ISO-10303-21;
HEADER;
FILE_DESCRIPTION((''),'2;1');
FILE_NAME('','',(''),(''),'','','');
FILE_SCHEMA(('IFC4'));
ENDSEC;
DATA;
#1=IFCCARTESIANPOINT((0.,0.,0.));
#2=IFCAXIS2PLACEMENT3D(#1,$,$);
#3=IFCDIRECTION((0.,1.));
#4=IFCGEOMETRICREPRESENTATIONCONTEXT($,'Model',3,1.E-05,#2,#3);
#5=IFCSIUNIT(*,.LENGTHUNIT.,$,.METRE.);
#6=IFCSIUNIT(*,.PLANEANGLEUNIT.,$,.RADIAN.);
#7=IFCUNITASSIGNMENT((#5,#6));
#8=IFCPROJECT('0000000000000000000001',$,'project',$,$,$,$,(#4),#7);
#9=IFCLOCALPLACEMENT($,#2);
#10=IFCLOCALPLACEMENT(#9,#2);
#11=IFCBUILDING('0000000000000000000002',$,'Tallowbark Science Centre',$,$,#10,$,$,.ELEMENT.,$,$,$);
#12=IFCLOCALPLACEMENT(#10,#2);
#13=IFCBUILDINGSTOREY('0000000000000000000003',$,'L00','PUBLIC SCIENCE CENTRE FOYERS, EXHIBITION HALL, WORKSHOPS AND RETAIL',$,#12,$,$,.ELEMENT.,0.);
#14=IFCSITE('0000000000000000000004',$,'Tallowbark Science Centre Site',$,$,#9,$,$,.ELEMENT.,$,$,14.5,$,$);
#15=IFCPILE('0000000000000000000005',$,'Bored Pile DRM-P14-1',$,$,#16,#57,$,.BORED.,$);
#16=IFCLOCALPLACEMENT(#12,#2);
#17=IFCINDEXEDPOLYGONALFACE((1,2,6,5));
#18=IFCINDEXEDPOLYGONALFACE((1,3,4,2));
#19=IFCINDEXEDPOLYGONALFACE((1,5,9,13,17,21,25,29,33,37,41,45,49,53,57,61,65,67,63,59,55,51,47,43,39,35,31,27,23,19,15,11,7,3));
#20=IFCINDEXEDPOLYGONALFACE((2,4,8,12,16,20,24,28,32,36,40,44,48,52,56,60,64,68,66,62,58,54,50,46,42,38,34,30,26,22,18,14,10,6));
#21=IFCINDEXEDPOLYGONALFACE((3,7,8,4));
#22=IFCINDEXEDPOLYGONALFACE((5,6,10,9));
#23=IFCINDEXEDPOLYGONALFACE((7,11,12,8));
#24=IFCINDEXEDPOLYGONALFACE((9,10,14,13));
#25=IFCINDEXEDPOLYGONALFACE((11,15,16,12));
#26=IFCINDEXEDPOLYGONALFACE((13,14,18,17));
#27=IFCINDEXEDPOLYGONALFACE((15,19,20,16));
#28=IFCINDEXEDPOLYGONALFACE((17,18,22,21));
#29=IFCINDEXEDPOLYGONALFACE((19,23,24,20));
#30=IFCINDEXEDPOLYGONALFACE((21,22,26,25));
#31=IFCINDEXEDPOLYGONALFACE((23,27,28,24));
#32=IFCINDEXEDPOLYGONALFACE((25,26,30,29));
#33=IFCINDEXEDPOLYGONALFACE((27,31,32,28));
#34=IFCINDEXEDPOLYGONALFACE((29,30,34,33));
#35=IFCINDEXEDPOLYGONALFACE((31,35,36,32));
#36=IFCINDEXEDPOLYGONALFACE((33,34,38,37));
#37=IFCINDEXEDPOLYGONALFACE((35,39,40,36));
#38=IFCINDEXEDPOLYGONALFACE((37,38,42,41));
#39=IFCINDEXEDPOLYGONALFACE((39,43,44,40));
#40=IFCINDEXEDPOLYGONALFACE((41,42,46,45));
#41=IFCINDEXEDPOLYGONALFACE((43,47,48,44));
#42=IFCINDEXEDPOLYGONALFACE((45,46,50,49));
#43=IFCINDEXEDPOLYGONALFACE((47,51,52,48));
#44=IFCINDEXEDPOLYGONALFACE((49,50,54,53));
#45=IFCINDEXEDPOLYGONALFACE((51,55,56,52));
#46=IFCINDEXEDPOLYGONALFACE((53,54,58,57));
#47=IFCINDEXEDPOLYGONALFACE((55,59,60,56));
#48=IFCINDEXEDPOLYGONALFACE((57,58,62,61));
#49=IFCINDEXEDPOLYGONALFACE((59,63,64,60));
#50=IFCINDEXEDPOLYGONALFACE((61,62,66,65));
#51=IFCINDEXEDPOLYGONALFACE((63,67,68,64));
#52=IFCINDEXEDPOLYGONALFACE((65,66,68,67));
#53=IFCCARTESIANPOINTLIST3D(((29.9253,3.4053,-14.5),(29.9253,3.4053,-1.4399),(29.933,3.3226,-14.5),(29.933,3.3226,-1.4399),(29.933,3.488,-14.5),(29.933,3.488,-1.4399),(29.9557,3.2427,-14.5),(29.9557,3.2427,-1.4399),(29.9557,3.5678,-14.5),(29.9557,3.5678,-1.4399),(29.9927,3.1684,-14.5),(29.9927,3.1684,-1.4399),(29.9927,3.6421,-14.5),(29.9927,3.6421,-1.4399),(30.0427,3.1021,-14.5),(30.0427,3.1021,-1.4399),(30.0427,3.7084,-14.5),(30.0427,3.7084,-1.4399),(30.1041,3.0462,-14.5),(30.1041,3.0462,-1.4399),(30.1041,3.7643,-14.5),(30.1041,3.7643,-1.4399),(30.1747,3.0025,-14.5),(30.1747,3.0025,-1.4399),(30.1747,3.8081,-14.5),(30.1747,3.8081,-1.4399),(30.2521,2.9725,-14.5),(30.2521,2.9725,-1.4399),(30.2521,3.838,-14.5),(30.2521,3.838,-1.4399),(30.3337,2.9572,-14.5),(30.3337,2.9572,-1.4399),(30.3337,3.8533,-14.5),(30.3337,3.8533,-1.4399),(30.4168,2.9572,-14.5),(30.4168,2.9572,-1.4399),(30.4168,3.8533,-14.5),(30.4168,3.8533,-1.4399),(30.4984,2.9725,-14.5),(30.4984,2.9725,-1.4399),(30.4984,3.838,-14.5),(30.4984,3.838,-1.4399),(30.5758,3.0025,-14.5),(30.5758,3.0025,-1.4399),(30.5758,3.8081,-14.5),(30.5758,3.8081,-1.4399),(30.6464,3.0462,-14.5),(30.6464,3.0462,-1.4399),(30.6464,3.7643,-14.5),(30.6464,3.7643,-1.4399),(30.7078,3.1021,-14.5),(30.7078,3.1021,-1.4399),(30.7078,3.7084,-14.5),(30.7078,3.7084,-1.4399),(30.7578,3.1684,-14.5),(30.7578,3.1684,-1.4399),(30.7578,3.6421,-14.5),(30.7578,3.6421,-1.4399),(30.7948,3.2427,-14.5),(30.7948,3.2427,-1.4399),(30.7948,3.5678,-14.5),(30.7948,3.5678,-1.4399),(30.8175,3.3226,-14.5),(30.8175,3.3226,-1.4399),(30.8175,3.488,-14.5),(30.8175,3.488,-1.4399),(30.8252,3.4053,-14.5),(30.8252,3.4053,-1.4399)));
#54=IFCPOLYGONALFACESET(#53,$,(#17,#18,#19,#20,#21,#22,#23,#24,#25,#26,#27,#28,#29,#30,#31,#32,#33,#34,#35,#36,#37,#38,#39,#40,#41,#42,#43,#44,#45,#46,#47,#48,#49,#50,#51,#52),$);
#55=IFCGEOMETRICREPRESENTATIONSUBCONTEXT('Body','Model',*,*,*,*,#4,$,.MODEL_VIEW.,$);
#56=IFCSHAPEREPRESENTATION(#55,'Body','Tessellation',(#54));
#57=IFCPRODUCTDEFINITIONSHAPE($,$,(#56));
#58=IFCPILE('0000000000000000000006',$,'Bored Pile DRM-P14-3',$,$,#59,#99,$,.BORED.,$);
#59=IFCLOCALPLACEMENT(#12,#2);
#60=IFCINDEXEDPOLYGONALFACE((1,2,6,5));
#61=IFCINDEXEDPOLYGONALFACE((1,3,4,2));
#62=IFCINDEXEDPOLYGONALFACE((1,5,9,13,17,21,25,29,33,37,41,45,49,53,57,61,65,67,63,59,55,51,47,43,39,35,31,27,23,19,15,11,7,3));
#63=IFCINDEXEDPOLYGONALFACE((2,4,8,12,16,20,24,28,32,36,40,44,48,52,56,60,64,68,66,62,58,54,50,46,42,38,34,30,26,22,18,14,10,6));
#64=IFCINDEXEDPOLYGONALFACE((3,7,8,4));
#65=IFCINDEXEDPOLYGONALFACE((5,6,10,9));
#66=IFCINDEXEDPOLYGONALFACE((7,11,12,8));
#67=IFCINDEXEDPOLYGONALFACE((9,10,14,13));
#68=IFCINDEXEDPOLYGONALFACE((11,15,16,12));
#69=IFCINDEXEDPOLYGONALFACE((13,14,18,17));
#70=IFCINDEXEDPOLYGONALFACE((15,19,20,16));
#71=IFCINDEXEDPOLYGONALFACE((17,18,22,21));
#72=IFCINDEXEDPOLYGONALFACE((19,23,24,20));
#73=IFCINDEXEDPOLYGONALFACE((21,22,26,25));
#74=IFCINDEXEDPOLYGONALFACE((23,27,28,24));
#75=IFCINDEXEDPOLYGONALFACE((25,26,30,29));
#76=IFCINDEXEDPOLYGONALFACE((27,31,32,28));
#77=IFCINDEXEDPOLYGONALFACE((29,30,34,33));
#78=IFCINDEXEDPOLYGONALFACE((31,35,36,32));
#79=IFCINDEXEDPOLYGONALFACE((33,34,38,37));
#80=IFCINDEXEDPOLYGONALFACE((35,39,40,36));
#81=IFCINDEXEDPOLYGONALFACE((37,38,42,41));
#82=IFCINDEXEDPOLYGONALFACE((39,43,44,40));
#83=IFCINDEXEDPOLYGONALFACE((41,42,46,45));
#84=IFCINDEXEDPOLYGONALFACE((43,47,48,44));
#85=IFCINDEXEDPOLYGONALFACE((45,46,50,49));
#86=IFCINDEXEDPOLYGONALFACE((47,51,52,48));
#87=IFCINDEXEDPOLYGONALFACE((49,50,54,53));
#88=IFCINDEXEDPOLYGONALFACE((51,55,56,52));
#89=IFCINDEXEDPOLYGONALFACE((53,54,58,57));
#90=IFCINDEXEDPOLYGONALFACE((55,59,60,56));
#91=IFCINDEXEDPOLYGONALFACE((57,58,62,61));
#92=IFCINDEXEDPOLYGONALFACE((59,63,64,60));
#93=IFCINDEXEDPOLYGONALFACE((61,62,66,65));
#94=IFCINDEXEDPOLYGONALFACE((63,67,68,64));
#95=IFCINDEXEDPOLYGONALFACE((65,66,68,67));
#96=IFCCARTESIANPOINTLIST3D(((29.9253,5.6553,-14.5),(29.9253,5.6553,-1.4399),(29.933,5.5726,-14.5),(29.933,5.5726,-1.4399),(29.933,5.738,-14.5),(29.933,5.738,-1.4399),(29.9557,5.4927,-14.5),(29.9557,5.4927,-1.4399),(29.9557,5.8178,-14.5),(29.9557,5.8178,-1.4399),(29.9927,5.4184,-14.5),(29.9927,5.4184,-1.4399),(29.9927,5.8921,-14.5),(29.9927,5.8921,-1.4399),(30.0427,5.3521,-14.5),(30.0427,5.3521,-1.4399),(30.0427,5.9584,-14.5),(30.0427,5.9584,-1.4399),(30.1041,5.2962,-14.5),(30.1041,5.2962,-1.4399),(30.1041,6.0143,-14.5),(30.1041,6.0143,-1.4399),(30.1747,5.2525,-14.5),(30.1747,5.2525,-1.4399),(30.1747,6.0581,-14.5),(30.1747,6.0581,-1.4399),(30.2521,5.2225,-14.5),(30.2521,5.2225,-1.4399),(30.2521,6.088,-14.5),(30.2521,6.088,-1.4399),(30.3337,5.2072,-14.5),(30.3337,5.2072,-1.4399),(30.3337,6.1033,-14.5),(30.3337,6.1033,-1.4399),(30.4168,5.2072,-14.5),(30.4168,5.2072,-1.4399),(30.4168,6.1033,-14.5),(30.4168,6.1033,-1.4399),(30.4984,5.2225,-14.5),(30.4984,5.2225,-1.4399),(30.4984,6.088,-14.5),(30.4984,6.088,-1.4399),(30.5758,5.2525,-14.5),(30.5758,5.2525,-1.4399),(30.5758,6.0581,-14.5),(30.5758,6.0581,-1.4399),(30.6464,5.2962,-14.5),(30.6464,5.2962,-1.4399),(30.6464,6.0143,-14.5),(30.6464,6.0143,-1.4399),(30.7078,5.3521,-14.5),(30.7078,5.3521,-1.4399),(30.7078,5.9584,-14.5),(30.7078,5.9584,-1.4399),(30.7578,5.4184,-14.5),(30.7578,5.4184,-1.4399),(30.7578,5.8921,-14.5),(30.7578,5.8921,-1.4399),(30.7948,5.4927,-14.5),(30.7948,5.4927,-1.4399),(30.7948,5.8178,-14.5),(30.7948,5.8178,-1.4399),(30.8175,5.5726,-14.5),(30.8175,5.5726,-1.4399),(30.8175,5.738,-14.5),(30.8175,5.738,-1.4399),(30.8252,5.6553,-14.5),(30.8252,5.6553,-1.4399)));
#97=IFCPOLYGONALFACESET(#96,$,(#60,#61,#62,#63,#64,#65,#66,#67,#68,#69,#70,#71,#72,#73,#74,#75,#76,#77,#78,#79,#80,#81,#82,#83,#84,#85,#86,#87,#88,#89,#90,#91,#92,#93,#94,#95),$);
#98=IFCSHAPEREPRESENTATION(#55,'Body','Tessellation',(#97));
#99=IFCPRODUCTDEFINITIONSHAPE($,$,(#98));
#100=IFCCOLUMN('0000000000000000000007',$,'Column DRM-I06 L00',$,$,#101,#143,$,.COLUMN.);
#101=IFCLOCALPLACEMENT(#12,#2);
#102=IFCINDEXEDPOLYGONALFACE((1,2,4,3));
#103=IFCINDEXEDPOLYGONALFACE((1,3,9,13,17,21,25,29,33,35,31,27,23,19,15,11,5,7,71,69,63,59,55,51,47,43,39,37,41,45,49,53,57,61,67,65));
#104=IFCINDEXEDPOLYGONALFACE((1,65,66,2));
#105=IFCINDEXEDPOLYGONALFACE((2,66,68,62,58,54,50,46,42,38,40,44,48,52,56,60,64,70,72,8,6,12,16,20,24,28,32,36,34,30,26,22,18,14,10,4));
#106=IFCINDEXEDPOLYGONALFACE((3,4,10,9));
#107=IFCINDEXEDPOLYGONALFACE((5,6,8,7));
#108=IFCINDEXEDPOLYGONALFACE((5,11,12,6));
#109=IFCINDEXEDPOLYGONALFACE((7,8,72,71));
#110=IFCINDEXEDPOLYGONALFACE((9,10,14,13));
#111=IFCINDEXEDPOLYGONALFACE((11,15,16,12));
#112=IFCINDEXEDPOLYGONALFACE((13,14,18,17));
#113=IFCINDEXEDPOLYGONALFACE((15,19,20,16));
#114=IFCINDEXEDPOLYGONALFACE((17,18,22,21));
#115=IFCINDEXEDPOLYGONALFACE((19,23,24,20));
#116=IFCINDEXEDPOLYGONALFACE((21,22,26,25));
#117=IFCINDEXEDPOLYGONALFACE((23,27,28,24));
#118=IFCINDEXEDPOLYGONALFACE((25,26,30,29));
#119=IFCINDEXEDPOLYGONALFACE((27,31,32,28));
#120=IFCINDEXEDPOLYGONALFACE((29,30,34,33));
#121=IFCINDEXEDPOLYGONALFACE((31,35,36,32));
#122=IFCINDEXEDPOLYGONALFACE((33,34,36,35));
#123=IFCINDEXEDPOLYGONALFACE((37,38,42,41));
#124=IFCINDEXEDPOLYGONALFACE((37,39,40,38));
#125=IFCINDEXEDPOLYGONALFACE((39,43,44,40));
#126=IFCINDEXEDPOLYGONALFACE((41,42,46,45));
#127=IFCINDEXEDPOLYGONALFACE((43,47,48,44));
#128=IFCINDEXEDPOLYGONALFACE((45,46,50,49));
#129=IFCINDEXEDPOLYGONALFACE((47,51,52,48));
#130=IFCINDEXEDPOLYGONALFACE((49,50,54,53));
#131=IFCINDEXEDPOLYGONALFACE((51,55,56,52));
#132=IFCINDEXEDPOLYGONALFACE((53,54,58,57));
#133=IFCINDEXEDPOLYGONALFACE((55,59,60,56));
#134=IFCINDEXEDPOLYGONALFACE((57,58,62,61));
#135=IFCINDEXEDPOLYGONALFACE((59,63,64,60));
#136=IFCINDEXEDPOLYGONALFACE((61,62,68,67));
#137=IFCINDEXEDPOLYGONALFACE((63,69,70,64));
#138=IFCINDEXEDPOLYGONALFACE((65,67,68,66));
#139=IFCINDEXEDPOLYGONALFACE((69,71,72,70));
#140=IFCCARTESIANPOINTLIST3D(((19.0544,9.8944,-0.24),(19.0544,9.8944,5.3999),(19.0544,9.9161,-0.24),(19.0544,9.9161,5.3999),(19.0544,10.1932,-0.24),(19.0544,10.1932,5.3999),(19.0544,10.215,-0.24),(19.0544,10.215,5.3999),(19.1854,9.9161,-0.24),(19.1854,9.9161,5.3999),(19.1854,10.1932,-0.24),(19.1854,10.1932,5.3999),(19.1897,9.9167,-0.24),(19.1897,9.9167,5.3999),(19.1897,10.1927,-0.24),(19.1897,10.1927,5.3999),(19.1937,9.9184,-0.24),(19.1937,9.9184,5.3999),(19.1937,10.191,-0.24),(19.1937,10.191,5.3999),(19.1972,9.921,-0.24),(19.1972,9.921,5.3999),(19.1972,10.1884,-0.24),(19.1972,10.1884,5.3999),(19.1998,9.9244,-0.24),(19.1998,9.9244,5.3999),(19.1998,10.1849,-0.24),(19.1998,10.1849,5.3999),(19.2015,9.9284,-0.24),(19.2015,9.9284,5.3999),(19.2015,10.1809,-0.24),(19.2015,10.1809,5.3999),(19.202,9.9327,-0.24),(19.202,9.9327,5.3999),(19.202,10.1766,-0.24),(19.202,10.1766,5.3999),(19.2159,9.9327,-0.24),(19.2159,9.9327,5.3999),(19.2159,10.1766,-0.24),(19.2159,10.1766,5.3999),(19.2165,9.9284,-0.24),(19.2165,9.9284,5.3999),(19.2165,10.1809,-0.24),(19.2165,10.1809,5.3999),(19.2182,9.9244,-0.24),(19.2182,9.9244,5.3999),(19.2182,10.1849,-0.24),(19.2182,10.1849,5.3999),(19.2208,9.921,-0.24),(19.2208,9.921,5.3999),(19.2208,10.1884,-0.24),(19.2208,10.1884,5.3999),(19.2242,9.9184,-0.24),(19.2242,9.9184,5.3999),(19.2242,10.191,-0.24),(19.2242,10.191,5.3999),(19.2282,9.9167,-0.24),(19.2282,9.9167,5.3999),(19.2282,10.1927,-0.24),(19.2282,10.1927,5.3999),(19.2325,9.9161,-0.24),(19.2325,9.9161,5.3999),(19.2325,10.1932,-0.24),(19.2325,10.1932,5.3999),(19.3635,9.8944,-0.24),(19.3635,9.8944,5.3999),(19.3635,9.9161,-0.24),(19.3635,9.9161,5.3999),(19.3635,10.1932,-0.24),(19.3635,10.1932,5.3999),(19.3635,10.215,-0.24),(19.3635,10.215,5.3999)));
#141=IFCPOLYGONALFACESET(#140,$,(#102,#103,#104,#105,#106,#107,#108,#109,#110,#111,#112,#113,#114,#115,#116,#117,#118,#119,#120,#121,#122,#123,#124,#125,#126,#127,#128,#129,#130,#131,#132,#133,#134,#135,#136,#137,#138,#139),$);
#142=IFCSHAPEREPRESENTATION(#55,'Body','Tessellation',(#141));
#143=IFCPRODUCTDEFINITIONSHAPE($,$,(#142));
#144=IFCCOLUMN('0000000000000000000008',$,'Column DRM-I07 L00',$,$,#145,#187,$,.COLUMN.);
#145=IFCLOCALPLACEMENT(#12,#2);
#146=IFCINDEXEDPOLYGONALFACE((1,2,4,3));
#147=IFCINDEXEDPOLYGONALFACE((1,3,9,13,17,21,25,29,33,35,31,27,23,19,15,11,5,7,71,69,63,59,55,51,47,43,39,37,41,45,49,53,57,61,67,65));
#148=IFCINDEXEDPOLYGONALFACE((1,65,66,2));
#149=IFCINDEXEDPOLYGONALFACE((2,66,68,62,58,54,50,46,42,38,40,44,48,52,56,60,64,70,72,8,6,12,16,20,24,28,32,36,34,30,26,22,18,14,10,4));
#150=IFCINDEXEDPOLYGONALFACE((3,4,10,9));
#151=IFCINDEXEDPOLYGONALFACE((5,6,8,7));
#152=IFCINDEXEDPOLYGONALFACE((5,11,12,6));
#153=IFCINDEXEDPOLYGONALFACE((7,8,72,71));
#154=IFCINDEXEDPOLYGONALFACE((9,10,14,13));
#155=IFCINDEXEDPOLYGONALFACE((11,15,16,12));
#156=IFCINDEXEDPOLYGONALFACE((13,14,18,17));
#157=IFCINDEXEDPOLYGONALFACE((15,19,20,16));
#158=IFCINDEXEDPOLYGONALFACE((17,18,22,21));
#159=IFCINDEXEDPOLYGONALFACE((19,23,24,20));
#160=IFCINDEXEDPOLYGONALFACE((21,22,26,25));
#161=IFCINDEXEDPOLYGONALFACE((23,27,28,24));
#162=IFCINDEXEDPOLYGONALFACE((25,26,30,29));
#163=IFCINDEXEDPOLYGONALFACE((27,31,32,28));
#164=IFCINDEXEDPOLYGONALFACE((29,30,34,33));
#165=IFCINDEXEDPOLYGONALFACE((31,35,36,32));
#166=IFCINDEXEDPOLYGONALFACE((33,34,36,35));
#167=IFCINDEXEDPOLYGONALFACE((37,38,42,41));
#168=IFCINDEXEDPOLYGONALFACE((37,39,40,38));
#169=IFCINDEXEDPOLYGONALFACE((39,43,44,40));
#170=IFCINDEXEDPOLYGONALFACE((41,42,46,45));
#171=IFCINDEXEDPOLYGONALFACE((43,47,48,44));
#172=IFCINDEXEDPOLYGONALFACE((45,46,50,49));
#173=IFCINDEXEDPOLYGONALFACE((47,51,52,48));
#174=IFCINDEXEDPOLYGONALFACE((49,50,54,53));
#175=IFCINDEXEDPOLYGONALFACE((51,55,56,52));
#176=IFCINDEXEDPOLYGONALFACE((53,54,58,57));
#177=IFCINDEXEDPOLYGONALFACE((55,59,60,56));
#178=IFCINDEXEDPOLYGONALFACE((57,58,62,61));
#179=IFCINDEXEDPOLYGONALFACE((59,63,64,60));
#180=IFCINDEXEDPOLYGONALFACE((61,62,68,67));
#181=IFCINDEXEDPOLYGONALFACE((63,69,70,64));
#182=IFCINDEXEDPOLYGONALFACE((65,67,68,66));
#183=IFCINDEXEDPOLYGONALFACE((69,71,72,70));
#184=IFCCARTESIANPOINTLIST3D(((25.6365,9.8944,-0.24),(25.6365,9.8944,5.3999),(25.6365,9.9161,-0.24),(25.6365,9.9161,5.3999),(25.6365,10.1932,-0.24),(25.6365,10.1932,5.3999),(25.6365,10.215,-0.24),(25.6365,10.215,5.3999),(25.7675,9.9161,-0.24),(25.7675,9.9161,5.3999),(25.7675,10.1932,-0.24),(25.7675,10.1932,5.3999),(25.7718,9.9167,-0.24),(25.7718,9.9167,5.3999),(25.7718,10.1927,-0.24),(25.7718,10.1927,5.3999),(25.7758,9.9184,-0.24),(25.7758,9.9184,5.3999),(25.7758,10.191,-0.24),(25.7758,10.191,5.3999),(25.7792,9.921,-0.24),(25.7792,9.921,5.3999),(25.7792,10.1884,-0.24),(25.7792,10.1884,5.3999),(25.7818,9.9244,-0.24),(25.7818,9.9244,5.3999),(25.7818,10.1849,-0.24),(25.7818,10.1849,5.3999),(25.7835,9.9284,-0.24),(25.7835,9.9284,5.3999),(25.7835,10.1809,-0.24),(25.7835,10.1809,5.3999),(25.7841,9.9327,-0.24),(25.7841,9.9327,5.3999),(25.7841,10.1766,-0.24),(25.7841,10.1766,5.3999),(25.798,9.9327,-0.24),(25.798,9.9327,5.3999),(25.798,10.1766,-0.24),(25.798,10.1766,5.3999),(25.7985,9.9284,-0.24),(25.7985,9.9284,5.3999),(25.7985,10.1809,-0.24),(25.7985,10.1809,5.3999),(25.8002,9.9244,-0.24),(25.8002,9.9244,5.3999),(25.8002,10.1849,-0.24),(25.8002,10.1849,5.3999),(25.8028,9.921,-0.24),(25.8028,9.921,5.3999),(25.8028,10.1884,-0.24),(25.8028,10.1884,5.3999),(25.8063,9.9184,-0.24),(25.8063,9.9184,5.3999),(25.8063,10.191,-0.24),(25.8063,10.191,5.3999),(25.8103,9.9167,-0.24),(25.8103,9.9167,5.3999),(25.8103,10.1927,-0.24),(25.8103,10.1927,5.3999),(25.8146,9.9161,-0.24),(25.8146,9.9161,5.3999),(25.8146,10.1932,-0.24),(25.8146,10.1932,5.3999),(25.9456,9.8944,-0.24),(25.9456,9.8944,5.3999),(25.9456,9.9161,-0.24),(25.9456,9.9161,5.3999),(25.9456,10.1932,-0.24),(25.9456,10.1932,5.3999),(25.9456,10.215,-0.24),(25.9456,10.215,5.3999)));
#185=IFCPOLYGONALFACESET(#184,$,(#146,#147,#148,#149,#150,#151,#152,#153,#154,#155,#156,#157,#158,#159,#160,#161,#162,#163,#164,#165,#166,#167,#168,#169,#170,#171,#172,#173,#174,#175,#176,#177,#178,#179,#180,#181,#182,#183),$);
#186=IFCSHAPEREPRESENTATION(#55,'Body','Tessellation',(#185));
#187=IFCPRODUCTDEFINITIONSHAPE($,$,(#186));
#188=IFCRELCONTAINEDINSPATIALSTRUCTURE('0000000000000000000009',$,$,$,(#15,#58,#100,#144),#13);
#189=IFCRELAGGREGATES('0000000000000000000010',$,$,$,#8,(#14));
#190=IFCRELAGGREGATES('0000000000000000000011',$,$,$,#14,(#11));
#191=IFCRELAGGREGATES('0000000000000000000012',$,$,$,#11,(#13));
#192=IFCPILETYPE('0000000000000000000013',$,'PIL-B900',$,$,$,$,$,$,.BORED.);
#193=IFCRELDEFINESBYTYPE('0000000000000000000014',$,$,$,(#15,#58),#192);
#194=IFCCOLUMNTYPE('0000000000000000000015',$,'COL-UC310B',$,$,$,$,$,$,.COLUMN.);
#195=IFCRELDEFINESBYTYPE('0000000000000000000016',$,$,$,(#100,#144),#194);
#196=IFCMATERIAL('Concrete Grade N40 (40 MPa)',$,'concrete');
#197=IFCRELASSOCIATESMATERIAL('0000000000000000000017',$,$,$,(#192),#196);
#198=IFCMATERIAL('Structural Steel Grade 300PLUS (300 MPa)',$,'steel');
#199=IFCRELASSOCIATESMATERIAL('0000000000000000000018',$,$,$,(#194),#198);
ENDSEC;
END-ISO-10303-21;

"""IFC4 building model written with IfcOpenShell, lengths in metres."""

from ifc_helpers import new_model, si_unit, direction, frame, origin, origin_2d, place, context, subcontext, project, spatial, circle, i_section, extrude, material, material_profile, profile_set, type_object, element, save


model = new_model("IFC4")

# Units and contexts
model_context = context("Model", 3, precision=1e-05, world=origin(), true_north=direction((0.0, 1.0)))
body_context = subcontext(model_context, "Body", "Model", "MODEL_VIEW")
ifc_project = project(units=[si_unit("LENGTHUNIT", "METRE"), si_unit("PLANEANGLEUNIT", "RADIAN")], contexts=[model_context])

# Site, building, storey
site_placement = place(None, origin())
site = spatial("IfcSite", under=ifc_project, at=site_placement, Name="Tallowbark Science Centre Site", CompositionType="ELEMENT", RefElevation=14.5)
building_placement = place(site_placement, origin())
building = spatial("IfcBuilding", under=site, at=building_placement, Name="Tallowbark Science Centre", CompositionType="ELEMENT")
storey_placement = place(building_placement, origin())
storey = spatial("IfcBuildingStorey", under=building, at=storey_placement, Name="L00", Description="PUBLIC SCIENCE CENTRE FOYERS, EXHIBITION HALL, WORKSHOPS AND RETAIL", CompositionType="ELEMENT", Elevation=0.0)

# Shared definitions
ifc_material_1 = material(Name="Concrete Grade N40 (40 MPa)", Category="concrete")

# Piles
ifc_material_profile_1 = material_profile(ifc_material_1, circle(Radius=0.45, at=origin_2d()), Name="PILE900")
ifc_profile_set_1 = profile_set([ifc_material_profile_1], Name="Concrete Grade N40 (40 MPa)")
pile_type_1 = type_object("IfcPileType", Name="PIL-B900", PredefinedType="BORED", material=ifc_profile_set_1)
for number, where, z_axis, x_axis, name in (
    (1, (30.3752, 3.4053, -1.4399), (0.0, 0.0, -1.0), (1.0, 0.0, 0.0), "Bored Pile DRM-P14-1"),
    (2, (30.3752, 5.6553, -1.4399), (0.0, 0.0, -1.0), (1.0, 0.0, 0.0), "Bored Pile DRM-P14-3"),
):
    element("IfcPile", number, at=place(storey_placement, frame(where, z_axis=z_axis, x_axis=x_axis)), inside=storey, type_object=pile_type_1, Name=name, PredefinedType="BORED", context=body_context, shape_type="SweptSolid", body=[
        extrude(circle(Radius=0.45, at=origin_2d()), origin(), (0.0, 0.0, 1.0), 13.0601),
    ])

# Columns
ifc_material_2 = material(Name="Structural Steel Grade 300PLUS (300 MPa)", Category="steel")
ifc_material_profile_2 = material_profile(ifc_material_2, i_section(OverallWidth=0.3091, OverallDepth=0.3206, WebThickness=0.0139, FlangeThickness=0.0217, FilletRadius=0.0166, at=origin_2d()), Name="310UC137")
ifc_profile_set_2 = profile_set([ifc_material_profile_2], Name="Structural Steel Grade 300PLUS (300 MPa)")
column_type_1 = type_object("IfcColumnType", Name="COL-UC310B", PredefinedType="COLUMN", material=ifc_profile_set_2)
for number, where, z_axis, x_axis, name in (
    (3, (19.209, 10.0547, -0.24), (0.0, 0.0, 1.0), (1.0, 0.0, 0.0), "Column DRM-I06 L00"),
    (4, (25.791, 10.0547, -0.24), (0.0, 0.0, 1.0), (1.0, 0.0, 0.0), "Column DRM-I07 L00"),
):
    element("IfcColumn", number, at=place(storey_placement, frame(where, z_axis=z_axis, x_axis=x_axis)), inside=storey, type_object=column_type_1, Name=name, PredefinedType="COLUMN", context=body_context, shape_type="SweptSolid", body=[
        extrude(i_section(OverallWidth=0.3091, OverallDepth=0.3206, WebThickness=0.0139, FlangeThickness=0.0217, FilletRadius=0.0166, at=origin_2d()), origin(), (0.0, 0.0, 1.0), 5.6399),
    ])

save(model, "model.ifc")
